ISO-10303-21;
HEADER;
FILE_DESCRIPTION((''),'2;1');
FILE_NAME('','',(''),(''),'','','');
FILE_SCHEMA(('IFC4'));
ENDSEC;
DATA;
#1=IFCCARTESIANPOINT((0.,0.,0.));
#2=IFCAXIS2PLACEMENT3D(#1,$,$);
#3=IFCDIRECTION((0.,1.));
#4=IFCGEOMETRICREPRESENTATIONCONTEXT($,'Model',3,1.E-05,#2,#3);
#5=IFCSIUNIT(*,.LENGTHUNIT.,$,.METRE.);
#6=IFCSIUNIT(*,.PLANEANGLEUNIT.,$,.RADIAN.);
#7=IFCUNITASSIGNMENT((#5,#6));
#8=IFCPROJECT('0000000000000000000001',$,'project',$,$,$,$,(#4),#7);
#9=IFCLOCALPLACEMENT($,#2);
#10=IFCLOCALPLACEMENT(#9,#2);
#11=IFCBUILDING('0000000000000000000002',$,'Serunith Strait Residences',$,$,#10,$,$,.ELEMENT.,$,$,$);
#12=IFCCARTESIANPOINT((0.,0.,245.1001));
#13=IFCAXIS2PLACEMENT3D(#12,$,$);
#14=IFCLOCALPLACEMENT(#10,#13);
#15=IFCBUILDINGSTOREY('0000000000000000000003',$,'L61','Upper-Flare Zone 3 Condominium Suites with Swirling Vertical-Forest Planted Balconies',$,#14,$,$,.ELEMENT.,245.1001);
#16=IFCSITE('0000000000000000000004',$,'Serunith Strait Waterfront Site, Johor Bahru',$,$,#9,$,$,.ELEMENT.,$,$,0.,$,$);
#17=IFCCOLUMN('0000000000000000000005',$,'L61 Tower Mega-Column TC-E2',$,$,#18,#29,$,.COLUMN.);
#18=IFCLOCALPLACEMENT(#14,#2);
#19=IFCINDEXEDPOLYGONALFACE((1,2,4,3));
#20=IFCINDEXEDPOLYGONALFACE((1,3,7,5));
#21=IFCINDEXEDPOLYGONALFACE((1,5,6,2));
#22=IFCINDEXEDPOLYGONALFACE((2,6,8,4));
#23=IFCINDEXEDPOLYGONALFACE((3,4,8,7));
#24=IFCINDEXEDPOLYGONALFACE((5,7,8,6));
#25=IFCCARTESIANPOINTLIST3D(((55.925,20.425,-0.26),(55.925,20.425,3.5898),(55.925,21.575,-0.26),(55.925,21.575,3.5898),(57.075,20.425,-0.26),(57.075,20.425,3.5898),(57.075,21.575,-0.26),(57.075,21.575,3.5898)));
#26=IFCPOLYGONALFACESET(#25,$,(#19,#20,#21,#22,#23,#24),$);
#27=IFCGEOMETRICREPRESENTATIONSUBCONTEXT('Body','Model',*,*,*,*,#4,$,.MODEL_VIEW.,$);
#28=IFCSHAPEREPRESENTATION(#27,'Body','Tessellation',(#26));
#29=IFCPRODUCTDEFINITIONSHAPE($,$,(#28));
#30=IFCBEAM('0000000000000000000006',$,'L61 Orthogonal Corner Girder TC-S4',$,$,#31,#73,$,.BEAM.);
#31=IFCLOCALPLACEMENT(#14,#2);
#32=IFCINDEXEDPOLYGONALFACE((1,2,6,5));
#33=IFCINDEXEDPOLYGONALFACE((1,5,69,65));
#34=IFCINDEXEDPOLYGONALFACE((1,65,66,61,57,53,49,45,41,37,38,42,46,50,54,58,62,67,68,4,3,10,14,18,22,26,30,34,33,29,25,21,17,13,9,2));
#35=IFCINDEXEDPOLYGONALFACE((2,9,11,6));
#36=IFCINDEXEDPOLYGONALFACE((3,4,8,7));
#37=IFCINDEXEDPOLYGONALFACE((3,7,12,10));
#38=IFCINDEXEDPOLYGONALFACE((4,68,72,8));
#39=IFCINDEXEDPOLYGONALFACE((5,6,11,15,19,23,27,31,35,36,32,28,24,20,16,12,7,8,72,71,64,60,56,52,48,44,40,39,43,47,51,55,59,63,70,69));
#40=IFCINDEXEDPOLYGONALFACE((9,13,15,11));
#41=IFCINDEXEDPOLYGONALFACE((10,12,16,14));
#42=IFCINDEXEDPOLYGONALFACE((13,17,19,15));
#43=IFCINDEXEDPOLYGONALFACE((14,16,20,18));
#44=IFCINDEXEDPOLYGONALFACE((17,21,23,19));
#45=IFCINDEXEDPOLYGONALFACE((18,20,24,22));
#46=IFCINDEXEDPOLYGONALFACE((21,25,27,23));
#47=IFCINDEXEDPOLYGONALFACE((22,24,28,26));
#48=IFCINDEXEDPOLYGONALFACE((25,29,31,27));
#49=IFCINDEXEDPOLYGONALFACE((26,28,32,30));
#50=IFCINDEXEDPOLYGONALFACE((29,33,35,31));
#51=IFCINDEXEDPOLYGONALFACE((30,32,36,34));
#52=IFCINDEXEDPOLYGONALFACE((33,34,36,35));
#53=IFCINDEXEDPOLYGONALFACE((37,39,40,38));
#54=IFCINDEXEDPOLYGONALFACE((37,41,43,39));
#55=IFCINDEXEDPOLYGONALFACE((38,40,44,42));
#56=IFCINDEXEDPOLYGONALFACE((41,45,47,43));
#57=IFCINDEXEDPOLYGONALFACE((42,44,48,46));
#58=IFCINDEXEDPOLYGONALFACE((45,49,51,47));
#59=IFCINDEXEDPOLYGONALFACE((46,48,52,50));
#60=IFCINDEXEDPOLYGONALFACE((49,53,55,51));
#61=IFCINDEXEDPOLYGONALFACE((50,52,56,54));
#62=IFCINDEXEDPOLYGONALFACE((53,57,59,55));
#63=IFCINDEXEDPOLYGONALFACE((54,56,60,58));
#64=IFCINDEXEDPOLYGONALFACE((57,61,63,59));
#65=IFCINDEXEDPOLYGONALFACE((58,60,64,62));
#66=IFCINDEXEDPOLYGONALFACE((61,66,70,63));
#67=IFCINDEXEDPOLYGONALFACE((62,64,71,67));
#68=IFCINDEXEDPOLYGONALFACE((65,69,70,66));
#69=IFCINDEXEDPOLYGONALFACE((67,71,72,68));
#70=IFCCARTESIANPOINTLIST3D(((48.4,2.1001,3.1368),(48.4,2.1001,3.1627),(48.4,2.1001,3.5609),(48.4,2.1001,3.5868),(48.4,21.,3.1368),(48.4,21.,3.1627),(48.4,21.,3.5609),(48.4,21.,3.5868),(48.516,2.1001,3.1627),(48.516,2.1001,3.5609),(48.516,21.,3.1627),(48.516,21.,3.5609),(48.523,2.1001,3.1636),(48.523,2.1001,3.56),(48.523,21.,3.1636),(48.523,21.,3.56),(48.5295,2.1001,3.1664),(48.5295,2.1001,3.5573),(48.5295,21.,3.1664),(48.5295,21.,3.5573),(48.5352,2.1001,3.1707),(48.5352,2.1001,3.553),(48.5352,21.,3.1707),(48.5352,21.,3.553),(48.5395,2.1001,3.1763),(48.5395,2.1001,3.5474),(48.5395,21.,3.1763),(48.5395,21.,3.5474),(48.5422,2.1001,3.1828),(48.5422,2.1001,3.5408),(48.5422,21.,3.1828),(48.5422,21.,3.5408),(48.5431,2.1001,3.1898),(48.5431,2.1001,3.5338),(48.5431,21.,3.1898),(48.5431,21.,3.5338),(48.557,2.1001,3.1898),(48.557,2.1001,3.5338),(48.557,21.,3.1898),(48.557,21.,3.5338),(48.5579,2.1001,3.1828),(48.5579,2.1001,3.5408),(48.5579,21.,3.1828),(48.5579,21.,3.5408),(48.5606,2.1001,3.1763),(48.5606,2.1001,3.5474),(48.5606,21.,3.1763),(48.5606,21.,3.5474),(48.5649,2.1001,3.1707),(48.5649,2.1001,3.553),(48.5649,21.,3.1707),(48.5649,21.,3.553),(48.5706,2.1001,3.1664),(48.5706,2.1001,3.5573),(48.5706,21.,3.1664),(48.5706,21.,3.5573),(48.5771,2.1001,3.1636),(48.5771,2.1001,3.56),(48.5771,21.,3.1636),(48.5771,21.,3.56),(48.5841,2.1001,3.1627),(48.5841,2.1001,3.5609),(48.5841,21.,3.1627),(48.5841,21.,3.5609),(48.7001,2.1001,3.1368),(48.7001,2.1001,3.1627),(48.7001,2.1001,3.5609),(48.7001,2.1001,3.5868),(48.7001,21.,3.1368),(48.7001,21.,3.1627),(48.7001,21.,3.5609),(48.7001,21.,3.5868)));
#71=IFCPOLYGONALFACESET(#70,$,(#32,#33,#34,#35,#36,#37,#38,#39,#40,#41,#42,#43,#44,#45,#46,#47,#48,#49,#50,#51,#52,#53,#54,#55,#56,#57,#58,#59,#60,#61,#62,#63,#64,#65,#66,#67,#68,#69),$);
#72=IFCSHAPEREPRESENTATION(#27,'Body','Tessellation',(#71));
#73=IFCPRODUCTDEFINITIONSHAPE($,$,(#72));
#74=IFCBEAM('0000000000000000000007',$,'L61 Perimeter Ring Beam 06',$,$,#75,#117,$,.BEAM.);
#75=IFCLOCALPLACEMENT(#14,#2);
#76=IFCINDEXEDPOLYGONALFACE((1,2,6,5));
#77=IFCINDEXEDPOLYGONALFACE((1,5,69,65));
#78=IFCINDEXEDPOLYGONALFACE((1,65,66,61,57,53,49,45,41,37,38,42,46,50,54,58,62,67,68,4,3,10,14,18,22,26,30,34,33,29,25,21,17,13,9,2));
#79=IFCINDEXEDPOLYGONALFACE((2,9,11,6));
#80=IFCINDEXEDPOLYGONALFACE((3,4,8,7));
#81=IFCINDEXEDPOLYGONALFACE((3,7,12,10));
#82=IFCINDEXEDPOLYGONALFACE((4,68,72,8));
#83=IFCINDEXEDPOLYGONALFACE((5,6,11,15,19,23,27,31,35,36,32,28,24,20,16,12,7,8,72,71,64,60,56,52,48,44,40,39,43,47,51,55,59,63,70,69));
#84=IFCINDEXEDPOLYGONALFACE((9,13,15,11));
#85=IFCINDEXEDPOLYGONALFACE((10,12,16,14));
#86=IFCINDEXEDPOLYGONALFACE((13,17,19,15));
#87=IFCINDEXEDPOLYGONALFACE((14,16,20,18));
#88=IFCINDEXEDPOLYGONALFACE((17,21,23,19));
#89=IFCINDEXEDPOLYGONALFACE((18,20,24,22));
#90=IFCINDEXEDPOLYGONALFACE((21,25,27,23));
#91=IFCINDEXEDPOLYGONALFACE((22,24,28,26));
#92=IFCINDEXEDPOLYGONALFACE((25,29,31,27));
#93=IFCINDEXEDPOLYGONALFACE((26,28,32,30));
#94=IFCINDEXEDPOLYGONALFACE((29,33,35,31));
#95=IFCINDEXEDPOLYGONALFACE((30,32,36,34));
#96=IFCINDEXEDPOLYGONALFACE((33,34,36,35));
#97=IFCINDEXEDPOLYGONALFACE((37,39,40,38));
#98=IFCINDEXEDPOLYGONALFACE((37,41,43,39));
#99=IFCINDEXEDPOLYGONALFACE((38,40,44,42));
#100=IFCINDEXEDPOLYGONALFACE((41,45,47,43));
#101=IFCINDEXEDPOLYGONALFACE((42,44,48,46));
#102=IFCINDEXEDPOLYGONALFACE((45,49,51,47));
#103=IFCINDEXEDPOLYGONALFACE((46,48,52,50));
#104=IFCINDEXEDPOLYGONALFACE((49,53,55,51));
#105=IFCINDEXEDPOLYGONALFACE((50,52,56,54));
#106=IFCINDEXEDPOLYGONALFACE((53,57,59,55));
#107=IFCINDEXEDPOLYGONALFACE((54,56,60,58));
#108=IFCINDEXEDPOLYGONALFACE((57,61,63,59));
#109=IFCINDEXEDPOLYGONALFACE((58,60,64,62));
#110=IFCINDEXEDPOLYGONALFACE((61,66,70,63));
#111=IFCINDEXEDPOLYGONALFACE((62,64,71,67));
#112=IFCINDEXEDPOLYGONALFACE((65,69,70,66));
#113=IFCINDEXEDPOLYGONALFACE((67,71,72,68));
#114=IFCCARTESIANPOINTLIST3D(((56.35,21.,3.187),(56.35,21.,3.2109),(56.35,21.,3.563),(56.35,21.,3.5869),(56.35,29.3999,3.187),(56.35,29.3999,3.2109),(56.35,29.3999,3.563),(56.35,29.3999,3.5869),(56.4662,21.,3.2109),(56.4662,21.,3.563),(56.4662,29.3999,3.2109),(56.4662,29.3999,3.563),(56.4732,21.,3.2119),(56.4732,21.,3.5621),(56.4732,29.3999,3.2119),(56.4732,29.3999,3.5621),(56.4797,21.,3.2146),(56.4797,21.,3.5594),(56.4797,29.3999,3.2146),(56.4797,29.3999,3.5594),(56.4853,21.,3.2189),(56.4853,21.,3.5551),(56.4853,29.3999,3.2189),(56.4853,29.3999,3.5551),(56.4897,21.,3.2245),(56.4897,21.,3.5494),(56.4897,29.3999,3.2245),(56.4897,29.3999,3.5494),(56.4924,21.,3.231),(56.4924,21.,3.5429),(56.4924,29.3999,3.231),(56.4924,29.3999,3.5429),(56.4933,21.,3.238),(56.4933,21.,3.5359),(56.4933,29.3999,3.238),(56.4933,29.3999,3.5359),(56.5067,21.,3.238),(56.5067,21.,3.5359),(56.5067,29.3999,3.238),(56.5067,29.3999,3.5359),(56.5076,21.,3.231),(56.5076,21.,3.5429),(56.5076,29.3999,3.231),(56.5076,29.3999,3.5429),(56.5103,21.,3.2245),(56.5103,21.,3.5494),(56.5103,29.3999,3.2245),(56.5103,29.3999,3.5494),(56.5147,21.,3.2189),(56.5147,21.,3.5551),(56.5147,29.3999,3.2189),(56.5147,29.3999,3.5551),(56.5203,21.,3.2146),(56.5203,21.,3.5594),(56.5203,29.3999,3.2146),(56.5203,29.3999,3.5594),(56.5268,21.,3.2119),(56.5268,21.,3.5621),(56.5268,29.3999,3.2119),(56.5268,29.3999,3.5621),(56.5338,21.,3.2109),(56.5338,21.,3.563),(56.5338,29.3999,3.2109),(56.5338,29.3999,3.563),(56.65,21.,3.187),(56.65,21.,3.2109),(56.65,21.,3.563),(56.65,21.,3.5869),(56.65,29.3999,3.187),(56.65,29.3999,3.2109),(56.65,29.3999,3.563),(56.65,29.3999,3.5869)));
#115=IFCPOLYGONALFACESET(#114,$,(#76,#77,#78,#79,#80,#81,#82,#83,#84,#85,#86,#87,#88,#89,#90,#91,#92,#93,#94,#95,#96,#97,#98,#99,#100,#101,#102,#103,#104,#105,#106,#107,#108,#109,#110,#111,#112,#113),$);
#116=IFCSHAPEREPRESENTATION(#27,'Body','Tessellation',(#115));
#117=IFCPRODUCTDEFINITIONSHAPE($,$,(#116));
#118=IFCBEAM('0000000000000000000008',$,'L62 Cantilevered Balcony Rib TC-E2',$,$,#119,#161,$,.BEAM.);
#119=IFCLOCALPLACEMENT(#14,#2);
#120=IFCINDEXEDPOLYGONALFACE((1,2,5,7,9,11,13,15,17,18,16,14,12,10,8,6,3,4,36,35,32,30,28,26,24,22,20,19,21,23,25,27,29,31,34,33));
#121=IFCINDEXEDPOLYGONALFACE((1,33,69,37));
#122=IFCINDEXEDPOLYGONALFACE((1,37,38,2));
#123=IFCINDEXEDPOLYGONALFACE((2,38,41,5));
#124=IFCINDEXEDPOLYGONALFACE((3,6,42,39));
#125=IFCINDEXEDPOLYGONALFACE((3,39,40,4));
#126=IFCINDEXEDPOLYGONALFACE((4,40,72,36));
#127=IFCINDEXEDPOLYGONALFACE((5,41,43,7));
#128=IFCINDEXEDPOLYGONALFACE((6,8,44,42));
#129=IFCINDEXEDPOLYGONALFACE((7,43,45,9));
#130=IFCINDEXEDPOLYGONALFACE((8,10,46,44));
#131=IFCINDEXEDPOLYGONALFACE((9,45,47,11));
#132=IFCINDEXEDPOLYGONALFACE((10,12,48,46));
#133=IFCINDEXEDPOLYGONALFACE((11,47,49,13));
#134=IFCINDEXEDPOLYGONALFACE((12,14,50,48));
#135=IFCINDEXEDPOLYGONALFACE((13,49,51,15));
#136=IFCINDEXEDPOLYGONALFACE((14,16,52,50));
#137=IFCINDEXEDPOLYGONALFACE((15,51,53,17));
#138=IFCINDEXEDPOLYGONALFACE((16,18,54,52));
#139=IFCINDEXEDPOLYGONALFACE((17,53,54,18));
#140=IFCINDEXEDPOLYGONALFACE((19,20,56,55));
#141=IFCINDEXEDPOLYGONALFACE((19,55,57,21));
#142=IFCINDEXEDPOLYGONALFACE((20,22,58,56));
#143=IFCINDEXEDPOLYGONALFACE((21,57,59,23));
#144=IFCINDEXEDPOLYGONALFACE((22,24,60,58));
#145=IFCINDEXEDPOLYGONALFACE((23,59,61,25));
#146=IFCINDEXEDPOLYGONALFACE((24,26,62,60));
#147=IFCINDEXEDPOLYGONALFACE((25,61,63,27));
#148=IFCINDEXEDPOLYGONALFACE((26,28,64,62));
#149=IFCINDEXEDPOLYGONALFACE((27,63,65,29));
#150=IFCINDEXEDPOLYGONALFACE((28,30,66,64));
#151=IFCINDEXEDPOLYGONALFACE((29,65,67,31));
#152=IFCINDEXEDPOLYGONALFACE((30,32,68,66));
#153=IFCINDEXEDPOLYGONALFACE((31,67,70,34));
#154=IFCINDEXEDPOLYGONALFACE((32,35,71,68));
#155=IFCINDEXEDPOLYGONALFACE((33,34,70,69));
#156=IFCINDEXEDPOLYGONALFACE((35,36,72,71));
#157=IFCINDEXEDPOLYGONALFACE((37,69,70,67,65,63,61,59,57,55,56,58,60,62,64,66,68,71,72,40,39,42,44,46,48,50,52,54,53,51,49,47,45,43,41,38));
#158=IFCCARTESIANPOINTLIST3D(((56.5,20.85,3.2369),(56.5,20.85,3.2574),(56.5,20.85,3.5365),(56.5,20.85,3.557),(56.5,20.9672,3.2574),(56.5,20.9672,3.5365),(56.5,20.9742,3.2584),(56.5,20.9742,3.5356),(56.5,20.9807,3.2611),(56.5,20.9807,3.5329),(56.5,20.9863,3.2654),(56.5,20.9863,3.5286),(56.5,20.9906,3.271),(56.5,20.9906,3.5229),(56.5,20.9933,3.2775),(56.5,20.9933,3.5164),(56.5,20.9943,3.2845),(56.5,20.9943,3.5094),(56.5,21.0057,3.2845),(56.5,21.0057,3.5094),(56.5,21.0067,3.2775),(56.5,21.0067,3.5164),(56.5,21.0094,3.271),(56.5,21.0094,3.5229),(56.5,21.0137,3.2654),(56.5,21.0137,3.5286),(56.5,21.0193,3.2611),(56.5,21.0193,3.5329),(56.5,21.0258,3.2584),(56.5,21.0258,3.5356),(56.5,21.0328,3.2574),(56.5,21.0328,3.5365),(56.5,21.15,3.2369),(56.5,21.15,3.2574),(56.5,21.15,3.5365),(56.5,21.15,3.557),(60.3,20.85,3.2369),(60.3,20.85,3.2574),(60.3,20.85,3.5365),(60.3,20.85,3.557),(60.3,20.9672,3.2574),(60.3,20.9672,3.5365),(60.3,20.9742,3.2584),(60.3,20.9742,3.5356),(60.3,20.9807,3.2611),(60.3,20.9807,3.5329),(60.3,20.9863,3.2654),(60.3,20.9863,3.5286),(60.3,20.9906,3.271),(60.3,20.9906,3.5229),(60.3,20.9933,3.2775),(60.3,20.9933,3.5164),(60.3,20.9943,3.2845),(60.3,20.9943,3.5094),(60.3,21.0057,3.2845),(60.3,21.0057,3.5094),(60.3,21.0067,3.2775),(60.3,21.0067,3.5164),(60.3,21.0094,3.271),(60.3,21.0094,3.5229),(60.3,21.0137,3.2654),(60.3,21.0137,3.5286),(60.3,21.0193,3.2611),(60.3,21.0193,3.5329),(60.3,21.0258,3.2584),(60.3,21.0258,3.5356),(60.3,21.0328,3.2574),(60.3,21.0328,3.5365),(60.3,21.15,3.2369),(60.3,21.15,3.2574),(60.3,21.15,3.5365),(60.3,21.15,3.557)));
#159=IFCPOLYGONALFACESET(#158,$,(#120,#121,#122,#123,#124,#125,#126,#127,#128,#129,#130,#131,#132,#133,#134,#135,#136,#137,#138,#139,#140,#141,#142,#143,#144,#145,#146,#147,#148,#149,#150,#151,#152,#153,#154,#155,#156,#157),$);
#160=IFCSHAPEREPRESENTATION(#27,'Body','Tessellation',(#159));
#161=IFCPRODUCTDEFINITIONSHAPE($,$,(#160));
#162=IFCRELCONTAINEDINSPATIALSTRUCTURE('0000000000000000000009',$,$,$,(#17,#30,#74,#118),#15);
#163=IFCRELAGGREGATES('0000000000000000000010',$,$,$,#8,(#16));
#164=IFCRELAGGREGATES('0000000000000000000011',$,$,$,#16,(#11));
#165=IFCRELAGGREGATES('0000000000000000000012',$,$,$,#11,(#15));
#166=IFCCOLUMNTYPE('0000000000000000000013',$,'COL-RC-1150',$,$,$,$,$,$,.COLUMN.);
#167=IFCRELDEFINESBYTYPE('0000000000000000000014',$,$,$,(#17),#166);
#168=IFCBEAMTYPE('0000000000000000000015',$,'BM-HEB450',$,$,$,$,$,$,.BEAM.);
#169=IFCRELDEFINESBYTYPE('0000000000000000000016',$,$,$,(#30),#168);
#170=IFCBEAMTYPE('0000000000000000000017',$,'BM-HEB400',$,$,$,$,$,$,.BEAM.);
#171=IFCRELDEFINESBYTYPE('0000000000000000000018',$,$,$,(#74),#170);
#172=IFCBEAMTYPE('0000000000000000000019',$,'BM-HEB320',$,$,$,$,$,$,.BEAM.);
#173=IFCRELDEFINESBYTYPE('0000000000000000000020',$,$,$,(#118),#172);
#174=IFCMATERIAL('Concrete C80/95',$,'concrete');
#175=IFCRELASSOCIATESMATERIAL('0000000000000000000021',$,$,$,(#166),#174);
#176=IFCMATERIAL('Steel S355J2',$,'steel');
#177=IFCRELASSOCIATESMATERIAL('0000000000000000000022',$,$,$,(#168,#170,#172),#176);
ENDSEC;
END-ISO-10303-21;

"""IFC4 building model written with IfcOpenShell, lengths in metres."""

from ifc_helpers import new_model, si_unit, direction, frame, origin, origin_2d, place, context, subcontext, project, spatial, rectangle, i_section, extrude, source, transform, mapped, material, material_profile, profile_set, type_object, element, save


model = new_model("IFC4")

# Units and contexts
model_context = context("Model", 3, precision=1e-05, world=origin(), true_north=direction((0.0, 1.0)))
body_context = subcontext(model_context, "Body", "Model", "MODEL_VIEW")
ifc_project = project(units=[si_unit("LENGTHUNIT", "METRE"), si_unit("PLANEANGLEUNIT", "RADIAN")], contexts=[model_context])

# Site, building, storey
site_placement = place(None, origin())
site = spatial("IfcSite", under=ifc_project, at=site_placement, Name="Serunith Strait Waterfront Site, Johor Bahru", CompositionType="ELEMENT", RefElevation=0.0)
building_placement = place(site_placement, origin())
building = spatial("IfcBuilding", under=site, at=building_placement, Name="Serunith Strait Residences", CompositionType="ELEMENT")
storey_placement = place(building_placement, frame((0.0, 0.0, 245.1001)))
storey = spatial("IfcBuildingStorey", under=building, at=storey_placement, Name="L61", Description="Upper-Flare Zone 3 Condominium Suites with Swirling Vertical-Forest Planted Balconies", CompositionType="ELEMENT", Elevation=245.1001)

# Column
ifc_material_1 = material(Name="Concrete C80/95", Category="concrete")
ifc_material_profile_1 = material_profile(ifc_material_1, rectangle(XDim=1.1499, YDim=1.1499, at=origin_2d()), Name="RC 1150x1150")
ifc_profile_set_1 = profile_set([ifc_material_profile_1], Name="Concrete C80/95")
column_type = type_object("IfcColumnType", Name="COL-RC-1150", PredefinedType="COLUMN", material=ifc_profile_set_1)
shared_shape_1 = source(origin(), body_context, "Body", "SweptSolid", [
    extrude(rectangle(XDim=1.1499, YDim=1.1499, at=origin_2d()), origin(), (0.0, 0.0, 1.0), 3.8499),
])
column_placement = place(storey_placement, frame((56.5, 21.0, -0.26), z_axis=(0.0, 0.0, 1.0), x_axis=(1.0, 0.0, 0.0)))
element("IfcColumn", 1, at=column_placement, inside=storey, type_object=column_type, Name="L61 Tower Mega-Column TC-E2", PredefinedType="COLUMN", context=body_context, shape_type="MappedRepresentation", body=[
    mapped(shared_shape_1, transform((0.0, 0.0, 0.0), scale=1.0)),
])

# Beams
ifc_material_2 = material(Name="Steel S355J2", Category="steel")
ifc_material_profile_2 = material_profile(ifc_material_2, i_section(OverallWidth=0.3, OverallDepth=0.45, WebThickness=0.0139, FlangeThickness=0.0259, FilletRadius=0.0271, at=origin_2d()), Name="HEB 450")
ifc_profile_set_2 = profile_set([ifc_material_profile_2], Name="Steel S355J2")
beam_type_1 = type_object("IfcBeamType", Name="BM-HEB450", PredefinedType="BEAM", material=ifc_profile_set_2)
shared_shape_2 = source(origin(), body_context, "Body", "SweptSolid", [
    extrude(i_section(OverallWidth=0.3, OverallDepth=0.45, WebThickness=0.0139, FlangeThickness=0.0259, FilletRadius=0.0271, at=origin_2d()), origin(), (0.0, 0.0, 1.0), 18.8999),
])
beam_1_placement = place(storey_placement, frame((48.55, 21.0, 3.3618), z_axis=(0.0, -1.0, 0.0), x_axis=(1.0, 0.0, 0.0)))
element("IfcBeam", 2, at=beam_1_placement, inside=storey, type_object=beam_type_1, Name="L61 Orthogonal Corner Girder TC-S4", PredefinedType="BEAM", context=body_context, shape_type="MappedRepresentation", body=[
    mapped(shared_shape_2, transform((0.0, 0.0, 0.0), scale=1.0)),
])
ifc_material_profile_3 = material_profile(ifc_material_2, i_section(OverallWidth=0.3, OverallDepth=0.3999, WebThickness=0.0134, FlangeThickness=0.0239, FilletRadius=0.0271, at=origin_2d()), Name="HEB 400")
ifc_profile_set_3 = profile_set([ifc_material_profile_3], Name="Steel S355J2")
beam_type_2 = type_object("IfcBeamType", Name="BM-HEB400", PredefinedType="BEAM", material=ifc_profile_set_3)
shared_shape_3 = source(origin(), body_context, "Body", "SweptSolid", [
    extrude(i_section(OverallWidth=0.3, OverallDepth=0.3999, WebThickness=0.0134, FlangeThickness=0.0239, FilletRadius=0.0271, at=origin_2d()), origin(), (0.0, 0.0, 1.0), 8.3999),
])
beam_2_placement = place(storey_placement, frame((56.5, 21.0, 3.387), z_axis=(0.0, 1.0, 0.0), x_axis=(-1.0, 0.0, 0.0)))
element("IfcBeam", 3, at=beam_2_placement, inside=storey, type_object=beam_type_2, Name="L61 Perimeter Ring Beam 06", PredefinedType="BEAM", context=body_context, shape_type="MappedRepresentation", body=[
    mapped(shared_shape_3, transform((0.0, 0.0, 0.0), scale=1.0)),
])
ifc_material_profile_4 = material_profile(ifc_material_2, i_section(OverallWidth=0.3, OverallDepth=0.3201, WebThickness=0.0115, FlangeThickness=0.0205, FilletRadius=0.0271, at=origin_2d()), Name="HEB 320")
ifc_profile_set_4 = profile_set([ifc_material_profile_4], Name="Steel S355J2")
beam_type_3 = type_object("IfcBeamType", Name="BM-HEB320", PredefinedType="BEAM", material=ifc_profile_set_4)
shared_shape_4 = source(origin(), body_context, "Body", "SweptSolid", [
    extrude(i_section(OverallWidth=0.3, OverallDepth=0.3201, WebThickness=0.0115, FlangeThickness=0.0205, FilletRadius=0.0271, at=origin_2d()), origin(), (0.0, 0.0, 1.0), 3.8),
])
beam_3_placement = place(storey_placement, frame((56.5, 21.0, 3.397), z_axis=(1.0, 0.0, 0.0), x_axis=(0.0, 1.0, 0.0)))
element("IfcBeam", 4, at=beam_3_placement, inside=storey, type_object=beam_type_3, Name="L62 Cantilevered Balcony Rib TC-E2", PredefinedType="BEAM", context=body_context, shape_type="MappedRepresentation", body=[
    mapped(shared_shape_4, transform((0.0, 0.0, 0.0), scale=1.0)),
])

save(model, "model.ifc")
